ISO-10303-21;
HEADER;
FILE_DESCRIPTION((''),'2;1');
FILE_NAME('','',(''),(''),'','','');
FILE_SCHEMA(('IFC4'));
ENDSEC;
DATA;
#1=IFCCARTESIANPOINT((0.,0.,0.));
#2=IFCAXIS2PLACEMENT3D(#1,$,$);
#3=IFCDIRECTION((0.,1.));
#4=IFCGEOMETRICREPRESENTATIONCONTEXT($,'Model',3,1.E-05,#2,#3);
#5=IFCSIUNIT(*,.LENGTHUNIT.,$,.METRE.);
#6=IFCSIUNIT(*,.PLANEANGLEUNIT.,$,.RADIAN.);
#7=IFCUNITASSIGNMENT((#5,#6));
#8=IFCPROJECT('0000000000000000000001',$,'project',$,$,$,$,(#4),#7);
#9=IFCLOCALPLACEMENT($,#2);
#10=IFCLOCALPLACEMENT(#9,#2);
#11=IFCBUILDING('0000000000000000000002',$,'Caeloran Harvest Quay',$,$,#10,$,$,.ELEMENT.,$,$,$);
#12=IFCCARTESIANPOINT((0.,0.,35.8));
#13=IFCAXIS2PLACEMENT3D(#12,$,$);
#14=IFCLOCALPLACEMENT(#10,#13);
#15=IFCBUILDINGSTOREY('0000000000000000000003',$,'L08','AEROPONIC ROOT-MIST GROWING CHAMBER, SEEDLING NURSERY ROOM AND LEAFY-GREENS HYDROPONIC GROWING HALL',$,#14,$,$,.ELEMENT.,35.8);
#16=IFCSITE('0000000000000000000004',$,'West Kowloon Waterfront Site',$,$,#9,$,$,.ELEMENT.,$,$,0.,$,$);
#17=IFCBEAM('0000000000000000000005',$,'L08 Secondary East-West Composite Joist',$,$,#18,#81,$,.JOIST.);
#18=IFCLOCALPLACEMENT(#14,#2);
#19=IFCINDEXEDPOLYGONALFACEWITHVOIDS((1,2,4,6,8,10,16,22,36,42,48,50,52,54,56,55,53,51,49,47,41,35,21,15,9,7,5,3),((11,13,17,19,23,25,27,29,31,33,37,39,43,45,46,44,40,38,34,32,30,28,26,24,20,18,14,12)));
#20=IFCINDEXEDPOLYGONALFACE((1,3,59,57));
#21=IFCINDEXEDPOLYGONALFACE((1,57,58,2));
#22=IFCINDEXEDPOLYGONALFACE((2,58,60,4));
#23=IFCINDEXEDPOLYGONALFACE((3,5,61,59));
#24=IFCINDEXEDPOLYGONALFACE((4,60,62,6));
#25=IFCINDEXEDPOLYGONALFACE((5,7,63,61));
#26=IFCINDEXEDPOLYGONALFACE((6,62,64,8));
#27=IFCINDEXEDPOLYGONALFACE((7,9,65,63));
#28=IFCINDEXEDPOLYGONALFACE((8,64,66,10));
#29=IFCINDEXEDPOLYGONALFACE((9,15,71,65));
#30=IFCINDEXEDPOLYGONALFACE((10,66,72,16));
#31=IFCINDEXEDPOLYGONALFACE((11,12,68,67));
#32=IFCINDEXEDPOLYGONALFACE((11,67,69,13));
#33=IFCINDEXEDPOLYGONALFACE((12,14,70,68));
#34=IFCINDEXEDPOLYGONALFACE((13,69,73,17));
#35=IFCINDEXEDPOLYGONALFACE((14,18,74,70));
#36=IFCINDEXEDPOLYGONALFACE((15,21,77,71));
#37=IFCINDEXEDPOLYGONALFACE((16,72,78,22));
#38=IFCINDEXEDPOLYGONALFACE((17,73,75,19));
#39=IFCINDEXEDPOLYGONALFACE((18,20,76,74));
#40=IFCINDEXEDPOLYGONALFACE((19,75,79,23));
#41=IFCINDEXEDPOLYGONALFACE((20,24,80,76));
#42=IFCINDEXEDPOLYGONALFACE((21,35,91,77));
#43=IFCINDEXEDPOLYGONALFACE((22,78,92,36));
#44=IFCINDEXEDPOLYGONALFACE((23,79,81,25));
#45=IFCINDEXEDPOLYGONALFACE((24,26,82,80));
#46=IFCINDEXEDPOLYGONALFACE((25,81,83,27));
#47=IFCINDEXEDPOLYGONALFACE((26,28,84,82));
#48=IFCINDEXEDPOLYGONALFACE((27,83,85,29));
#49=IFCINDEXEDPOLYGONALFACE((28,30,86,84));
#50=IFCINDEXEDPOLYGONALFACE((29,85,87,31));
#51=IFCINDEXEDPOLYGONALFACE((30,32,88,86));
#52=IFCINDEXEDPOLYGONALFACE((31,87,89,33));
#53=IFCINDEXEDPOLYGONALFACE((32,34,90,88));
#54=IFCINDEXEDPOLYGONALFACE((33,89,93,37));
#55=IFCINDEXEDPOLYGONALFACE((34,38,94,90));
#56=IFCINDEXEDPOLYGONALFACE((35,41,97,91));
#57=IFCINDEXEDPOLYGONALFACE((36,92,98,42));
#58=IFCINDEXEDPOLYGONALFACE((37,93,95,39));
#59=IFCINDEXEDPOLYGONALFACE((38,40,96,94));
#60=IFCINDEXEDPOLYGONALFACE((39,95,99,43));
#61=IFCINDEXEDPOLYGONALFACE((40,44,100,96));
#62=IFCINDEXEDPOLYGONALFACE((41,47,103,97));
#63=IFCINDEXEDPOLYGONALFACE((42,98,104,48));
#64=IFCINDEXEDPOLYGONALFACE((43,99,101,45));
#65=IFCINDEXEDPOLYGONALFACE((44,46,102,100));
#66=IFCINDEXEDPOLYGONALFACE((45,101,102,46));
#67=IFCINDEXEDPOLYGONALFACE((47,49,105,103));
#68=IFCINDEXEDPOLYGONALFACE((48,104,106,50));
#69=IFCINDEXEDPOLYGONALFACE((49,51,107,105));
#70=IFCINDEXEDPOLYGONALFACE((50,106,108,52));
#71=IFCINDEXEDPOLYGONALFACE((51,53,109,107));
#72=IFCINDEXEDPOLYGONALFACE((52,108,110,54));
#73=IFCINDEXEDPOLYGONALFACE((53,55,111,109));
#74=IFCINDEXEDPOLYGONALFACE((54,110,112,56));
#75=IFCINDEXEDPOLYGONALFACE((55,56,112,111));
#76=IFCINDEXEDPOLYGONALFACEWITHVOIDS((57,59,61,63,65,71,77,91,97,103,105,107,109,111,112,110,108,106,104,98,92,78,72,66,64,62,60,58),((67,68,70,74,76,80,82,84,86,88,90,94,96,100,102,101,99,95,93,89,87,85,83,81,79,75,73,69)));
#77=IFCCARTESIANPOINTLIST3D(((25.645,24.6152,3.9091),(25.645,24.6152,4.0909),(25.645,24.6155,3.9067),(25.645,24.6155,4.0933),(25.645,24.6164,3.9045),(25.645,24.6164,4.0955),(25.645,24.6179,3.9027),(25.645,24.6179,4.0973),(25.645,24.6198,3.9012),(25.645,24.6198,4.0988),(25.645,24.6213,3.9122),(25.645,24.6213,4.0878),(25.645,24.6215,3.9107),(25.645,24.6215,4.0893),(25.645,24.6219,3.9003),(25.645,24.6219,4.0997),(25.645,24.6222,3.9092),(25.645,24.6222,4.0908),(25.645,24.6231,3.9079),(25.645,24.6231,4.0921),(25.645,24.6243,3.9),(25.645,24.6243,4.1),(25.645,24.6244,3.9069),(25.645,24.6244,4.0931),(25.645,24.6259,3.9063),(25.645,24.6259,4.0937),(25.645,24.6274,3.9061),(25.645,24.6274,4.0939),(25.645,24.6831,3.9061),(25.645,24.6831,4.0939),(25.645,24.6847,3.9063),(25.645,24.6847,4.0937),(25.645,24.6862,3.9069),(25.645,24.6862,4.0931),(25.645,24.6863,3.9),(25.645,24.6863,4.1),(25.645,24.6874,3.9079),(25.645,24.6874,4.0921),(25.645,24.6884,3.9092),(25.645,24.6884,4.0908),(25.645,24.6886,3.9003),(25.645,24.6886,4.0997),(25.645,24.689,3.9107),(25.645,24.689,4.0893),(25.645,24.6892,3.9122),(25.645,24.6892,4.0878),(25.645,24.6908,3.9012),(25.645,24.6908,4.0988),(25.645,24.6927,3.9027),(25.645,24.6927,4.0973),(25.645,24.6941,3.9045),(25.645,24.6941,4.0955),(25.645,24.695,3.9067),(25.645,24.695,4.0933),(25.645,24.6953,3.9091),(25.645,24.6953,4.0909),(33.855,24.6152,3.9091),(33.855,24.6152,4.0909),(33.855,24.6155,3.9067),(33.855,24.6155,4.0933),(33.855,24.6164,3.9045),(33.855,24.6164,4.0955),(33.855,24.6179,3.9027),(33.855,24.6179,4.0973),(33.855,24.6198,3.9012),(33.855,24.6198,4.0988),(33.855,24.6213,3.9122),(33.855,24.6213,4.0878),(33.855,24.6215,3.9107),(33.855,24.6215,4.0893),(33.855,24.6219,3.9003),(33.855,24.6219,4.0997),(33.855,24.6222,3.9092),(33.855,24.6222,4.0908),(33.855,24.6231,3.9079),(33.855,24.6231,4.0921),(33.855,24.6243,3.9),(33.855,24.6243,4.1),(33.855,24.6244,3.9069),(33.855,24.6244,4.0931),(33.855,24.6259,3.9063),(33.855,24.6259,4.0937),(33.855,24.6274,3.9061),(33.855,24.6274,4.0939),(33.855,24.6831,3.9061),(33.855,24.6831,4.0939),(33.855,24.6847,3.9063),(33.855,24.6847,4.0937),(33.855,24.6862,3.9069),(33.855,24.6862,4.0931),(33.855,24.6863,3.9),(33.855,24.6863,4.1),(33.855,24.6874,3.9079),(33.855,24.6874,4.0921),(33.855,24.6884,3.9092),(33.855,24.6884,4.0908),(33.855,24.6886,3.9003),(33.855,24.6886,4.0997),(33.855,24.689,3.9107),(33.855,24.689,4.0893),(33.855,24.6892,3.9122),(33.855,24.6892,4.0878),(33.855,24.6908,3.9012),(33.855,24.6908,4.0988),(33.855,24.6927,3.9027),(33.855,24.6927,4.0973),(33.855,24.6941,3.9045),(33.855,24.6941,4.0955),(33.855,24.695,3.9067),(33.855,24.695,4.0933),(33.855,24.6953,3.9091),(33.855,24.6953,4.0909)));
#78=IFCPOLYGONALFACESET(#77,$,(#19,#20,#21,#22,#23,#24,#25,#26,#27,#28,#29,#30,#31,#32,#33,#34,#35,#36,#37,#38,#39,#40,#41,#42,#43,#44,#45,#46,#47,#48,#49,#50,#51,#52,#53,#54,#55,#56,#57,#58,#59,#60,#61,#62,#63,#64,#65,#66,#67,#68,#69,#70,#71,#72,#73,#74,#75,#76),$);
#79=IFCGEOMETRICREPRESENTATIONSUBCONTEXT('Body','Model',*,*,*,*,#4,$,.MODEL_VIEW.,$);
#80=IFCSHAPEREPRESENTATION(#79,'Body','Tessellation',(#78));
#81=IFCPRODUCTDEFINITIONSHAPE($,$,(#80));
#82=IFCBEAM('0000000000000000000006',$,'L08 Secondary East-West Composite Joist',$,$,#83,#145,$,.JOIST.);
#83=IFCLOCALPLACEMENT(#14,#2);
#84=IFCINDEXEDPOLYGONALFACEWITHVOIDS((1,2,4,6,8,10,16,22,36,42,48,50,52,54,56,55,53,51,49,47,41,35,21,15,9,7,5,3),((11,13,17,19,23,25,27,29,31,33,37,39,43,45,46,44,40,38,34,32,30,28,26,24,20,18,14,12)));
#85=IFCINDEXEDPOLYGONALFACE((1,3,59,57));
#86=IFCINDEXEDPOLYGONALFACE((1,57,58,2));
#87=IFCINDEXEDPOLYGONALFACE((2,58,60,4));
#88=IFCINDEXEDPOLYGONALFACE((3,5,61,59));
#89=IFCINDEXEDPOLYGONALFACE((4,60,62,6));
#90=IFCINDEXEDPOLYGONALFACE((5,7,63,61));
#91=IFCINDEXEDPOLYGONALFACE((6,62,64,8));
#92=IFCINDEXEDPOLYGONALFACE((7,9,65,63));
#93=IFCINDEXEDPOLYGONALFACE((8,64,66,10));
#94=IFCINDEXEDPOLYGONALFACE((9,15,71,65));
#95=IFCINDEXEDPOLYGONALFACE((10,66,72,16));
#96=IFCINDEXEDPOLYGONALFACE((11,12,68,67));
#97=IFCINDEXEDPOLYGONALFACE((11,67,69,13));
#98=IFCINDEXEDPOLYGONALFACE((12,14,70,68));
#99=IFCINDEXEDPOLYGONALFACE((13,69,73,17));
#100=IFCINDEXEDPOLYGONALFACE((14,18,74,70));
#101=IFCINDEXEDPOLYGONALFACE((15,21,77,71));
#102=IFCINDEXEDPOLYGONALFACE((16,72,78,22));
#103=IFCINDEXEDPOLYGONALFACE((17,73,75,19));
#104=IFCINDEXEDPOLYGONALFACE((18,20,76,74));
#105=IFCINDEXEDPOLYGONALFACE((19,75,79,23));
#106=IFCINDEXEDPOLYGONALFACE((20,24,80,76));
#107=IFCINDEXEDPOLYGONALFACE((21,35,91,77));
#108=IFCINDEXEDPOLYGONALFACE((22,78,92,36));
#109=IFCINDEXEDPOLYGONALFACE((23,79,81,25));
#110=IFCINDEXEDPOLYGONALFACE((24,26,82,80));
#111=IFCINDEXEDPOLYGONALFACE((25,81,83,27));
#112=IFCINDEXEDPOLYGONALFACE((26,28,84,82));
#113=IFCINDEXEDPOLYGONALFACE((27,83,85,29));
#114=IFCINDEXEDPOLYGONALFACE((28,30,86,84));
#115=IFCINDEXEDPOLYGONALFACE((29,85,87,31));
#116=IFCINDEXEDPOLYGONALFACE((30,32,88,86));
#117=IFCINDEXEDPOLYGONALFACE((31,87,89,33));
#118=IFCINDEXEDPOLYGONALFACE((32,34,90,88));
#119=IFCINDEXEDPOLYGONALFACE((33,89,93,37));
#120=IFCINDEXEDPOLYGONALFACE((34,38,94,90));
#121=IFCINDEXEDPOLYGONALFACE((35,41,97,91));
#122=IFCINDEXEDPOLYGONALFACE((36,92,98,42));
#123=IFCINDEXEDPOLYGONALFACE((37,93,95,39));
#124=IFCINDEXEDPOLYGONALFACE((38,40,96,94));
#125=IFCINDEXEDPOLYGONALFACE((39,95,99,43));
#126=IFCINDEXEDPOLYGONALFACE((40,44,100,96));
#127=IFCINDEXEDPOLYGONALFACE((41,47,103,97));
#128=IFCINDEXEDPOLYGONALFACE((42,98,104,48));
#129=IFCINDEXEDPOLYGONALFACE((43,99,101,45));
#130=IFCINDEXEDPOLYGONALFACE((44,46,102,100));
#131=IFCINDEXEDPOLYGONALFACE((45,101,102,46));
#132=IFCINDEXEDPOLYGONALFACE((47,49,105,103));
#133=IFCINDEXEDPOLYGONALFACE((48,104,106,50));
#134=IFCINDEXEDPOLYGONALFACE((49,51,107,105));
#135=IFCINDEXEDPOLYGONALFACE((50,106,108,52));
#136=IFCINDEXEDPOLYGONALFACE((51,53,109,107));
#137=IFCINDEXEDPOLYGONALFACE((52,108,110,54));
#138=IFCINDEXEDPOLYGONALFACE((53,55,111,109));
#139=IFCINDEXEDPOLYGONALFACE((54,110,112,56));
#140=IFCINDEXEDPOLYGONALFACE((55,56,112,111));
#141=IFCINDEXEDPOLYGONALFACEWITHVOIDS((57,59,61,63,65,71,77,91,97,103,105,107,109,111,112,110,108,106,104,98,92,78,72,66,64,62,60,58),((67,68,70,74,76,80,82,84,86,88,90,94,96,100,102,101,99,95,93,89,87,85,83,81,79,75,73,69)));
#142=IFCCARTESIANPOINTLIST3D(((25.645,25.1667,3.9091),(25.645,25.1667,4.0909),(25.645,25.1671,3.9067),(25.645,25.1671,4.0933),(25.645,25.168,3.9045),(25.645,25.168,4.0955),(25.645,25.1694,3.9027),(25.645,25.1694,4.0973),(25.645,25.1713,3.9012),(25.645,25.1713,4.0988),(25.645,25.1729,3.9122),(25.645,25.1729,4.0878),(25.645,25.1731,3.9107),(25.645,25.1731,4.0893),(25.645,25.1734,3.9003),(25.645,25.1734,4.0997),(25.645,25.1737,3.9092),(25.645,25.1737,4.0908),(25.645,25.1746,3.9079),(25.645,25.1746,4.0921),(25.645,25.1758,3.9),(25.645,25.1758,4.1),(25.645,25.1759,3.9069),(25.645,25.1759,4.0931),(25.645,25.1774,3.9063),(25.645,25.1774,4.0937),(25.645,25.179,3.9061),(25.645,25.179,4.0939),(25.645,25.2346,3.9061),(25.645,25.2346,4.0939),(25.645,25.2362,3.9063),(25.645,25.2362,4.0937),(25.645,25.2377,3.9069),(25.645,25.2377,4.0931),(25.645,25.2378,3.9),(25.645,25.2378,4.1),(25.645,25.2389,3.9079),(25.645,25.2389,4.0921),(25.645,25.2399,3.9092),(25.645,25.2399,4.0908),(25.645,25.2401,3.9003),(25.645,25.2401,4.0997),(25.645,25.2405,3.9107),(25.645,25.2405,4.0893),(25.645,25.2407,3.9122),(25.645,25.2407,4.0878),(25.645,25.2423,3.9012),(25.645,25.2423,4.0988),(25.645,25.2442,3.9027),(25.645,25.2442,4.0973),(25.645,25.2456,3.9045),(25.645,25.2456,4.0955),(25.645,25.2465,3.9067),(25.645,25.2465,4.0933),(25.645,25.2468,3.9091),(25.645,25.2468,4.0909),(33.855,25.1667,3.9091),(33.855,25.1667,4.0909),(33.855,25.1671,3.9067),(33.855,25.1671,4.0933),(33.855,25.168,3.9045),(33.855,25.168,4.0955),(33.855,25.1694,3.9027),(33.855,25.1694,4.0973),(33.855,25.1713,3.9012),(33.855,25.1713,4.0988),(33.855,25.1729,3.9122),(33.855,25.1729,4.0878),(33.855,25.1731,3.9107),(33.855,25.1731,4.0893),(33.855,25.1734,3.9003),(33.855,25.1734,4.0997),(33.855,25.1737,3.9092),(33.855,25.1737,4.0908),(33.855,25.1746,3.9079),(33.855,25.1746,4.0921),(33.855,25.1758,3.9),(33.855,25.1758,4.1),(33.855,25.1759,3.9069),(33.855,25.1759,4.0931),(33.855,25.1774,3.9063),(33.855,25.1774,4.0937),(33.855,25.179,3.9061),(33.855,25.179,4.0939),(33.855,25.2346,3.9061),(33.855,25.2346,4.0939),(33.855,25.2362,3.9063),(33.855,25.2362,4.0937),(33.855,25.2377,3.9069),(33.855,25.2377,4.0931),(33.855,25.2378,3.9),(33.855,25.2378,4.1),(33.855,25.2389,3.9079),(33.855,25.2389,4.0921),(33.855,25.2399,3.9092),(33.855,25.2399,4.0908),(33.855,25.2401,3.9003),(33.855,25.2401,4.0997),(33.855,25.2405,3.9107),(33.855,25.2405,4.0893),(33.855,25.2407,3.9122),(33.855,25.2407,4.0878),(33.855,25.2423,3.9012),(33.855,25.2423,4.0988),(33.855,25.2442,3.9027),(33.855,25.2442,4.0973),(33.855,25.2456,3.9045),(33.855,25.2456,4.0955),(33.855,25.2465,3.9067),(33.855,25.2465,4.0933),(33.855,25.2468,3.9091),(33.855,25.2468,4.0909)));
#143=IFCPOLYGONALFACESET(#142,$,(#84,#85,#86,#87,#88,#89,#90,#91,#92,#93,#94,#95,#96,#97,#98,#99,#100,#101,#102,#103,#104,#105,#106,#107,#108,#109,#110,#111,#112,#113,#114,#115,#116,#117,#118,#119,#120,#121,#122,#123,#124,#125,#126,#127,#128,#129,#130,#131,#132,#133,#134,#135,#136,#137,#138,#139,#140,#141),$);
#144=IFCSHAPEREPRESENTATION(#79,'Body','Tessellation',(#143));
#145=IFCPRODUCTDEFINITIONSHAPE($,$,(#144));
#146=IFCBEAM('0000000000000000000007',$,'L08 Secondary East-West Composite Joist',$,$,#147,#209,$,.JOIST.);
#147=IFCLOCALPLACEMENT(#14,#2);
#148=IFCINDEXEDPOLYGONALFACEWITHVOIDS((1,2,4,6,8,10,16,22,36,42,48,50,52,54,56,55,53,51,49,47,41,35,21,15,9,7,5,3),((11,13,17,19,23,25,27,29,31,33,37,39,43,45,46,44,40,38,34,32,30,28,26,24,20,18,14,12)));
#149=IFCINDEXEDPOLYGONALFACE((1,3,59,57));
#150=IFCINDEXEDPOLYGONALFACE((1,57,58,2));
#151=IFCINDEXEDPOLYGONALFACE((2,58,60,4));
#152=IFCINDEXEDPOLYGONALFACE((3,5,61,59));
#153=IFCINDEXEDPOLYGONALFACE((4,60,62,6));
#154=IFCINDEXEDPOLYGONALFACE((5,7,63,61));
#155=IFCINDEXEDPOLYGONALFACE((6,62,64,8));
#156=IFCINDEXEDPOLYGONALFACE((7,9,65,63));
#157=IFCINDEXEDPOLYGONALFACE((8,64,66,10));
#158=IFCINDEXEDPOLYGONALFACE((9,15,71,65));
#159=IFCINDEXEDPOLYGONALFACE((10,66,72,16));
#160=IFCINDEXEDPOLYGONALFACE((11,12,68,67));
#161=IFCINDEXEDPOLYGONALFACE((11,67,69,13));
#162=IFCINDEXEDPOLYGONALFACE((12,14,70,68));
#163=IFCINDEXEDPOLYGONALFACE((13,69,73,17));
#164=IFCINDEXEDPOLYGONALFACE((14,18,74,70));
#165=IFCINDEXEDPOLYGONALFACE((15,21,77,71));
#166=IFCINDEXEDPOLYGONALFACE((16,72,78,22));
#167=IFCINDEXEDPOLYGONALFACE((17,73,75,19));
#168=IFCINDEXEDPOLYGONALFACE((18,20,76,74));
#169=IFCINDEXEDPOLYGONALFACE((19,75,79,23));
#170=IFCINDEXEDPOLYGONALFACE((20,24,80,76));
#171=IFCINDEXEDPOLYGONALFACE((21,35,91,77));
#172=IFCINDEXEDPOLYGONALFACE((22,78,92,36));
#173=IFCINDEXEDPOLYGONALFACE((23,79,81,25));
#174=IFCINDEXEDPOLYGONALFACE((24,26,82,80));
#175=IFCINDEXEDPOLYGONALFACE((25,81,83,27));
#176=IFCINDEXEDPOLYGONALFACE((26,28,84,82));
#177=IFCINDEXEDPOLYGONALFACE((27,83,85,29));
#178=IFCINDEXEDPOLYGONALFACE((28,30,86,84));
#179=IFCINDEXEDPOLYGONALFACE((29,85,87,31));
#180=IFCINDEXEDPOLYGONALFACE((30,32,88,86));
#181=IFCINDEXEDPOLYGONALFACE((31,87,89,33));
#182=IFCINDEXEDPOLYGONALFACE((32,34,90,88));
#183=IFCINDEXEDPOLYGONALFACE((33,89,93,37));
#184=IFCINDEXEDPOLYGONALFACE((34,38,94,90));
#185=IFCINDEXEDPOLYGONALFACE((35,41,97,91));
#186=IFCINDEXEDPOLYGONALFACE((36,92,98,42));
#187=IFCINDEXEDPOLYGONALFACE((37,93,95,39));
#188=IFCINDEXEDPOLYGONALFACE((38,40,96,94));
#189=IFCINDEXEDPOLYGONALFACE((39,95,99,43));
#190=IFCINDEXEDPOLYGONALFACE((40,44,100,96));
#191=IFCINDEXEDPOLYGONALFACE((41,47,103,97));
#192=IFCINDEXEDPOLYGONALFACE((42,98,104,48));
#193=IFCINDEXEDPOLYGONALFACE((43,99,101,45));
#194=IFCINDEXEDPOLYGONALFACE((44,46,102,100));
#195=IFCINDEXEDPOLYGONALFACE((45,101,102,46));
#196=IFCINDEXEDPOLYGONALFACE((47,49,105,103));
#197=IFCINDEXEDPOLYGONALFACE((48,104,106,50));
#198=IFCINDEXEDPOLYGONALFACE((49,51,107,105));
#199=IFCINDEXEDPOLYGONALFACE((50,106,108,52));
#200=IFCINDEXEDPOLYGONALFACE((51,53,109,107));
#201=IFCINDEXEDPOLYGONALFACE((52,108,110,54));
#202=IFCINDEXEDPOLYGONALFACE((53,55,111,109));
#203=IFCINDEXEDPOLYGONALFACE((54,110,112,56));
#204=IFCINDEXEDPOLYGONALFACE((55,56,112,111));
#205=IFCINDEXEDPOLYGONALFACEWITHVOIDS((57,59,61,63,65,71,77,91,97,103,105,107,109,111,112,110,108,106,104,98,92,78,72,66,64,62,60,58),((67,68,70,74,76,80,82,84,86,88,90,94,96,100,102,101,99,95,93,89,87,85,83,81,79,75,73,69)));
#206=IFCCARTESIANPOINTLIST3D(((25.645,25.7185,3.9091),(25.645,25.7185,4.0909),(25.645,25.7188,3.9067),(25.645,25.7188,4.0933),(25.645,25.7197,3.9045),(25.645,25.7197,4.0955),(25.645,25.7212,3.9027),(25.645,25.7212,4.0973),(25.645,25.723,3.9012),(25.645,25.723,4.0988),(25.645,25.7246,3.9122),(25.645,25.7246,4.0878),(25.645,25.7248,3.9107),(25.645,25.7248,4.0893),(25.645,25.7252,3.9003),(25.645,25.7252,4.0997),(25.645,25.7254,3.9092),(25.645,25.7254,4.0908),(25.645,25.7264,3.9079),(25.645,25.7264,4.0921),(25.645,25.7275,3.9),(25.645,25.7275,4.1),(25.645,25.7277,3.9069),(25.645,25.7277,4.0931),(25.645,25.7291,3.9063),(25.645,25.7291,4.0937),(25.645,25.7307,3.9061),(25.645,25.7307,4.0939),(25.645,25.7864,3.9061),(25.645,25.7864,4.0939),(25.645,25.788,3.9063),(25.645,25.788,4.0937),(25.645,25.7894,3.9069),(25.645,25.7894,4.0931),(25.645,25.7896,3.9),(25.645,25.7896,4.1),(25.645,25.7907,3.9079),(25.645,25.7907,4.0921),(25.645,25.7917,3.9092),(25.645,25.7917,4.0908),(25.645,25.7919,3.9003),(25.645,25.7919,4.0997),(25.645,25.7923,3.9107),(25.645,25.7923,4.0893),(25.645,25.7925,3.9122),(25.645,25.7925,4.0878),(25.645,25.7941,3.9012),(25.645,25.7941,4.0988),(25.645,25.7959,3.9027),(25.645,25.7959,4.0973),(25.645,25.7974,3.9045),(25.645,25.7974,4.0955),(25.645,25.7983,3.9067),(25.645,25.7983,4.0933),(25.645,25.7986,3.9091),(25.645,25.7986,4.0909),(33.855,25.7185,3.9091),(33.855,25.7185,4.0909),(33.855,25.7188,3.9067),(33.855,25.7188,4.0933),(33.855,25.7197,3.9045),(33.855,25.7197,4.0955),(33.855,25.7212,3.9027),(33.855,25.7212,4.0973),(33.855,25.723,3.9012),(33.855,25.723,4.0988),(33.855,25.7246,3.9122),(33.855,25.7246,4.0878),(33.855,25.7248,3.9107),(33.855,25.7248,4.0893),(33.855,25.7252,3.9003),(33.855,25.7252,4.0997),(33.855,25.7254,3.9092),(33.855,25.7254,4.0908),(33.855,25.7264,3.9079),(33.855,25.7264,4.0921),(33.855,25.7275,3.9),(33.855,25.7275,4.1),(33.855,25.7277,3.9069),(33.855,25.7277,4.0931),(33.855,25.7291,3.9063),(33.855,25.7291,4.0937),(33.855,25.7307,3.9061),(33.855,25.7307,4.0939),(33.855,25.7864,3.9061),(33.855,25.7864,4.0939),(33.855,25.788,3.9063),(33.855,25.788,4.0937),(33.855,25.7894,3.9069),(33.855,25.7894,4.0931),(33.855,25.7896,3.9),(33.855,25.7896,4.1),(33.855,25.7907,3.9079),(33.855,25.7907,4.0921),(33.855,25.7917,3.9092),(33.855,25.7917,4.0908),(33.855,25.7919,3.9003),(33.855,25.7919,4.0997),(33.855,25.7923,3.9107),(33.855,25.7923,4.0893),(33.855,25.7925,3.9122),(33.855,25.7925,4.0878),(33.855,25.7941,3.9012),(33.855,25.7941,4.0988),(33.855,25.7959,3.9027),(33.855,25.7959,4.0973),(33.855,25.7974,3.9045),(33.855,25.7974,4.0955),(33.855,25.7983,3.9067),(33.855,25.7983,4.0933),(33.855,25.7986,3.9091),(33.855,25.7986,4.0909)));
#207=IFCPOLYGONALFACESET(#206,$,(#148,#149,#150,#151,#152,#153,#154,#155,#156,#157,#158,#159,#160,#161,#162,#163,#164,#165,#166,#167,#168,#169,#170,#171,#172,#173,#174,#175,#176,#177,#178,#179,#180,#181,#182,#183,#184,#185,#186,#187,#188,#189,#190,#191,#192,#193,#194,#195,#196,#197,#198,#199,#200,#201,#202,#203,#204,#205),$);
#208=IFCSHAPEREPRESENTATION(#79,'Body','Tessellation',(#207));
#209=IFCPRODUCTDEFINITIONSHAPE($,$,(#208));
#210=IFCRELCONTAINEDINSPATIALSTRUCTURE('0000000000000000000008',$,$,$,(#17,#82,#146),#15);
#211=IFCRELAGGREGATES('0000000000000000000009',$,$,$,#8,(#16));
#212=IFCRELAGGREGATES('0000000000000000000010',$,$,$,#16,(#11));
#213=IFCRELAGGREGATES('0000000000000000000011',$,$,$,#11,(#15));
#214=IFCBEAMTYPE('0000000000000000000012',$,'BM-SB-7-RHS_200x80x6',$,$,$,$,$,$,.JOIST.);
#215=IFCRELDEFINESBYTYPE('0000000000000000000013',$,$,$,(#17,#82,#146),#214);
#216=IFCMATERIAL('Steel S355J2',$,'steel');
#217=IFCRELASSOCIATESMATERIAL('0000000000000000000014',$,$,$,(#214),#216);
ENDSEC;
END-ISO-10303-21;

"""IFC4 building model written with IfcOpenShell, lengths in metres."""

from ifc_helpers import new_model, si_unit, direction, frame, origin, origin_2d, place, context, subcontext, project, spatial, hollow_rectangle, extrude, material, material_profile, profile_set, type_object, element, save


model = new_model("IFC4")

# Units and contexts
model_context = context("Model", 3, precision=1e-05, world=origin(), true_north=direction((0.0, 1.0)))
body_context = subcontext(model_context, "Body", "Model", "MODEL_VIEW")
ifc_project = project(units=[si_unit("LENGTHUNIT", "METRE"), si_unit("PLANEANGLEUNIT", "RADIAN")], contexts=[model_context])

# Site, building, storey
site_placement = place(None, origin())
site = spatial("IfcSite", under=ifc_project, at=site_placement, Name="West Kowloon Waterfront Site", CompositionType="ELEMENT", RefElevation=0.0)
building_placement = place(site_placement, origin())
building = spatial("IfcBuilding", under=site, at=building_placement, Name="Caeloran Harvest Quay", CompositionType="ELEMENT")
storey_placement = place(building_placement, frame((0.0, 0.0, 35.8)))
storey = spatial("IfcBuildingStorey", under=building, at=storey_placement, Name="L08", Description="AEROPONIC ROOT-MIST GROWING CHAMBER, SEEDLING NURSERY ROOM AND LEAFY-GREENS HYDROPONIC GROWING HALL", CompositionType="ELEMENT", Elevation=35.8)

# Beams
ifc_material_1 = material(Name="Steel S355J2", Category="steel")
ifc_material_profile_1 = material_profile(ifc_material_1, hollow_rectangle(XDim=0.0801, YDim=0.2, WallThickness=0.0061, InnerFilletRadius=0.0061, OuterFilletRadius=0.009, at=origin_2d()), Name="RHS 200x80x6")
ifc_profile_set_1 = profile_set([ifc_material_profile_1], Name="Steel S355J2")
beam_type_1 = type_object("IfcBeamType", Name="BM-SB-7-RHS_200x80x6", PredefinedType="JOIST", material=ifc_profile_set_1)
for number, where, z_axis, x_axis, name in (
    (1, (25.645, 24.6553, 4.0), (1.0, 0.0, 0.0), (0.0, 1.0, 0.0), "L08 Secondary East-West Composite Joist"),
    (2, (25.645, 25.2068, 4.0), (1.0, 0.0, 0.0), (0.0, 1.0, 0.0), "L08 Secondary East-West Composite Joist"),
    (3, (25.645, 25.7585, 4.0), (1.0, 0.0, 0.0), (0.0, 1.0, 0.0), "L08 Secondary East-West Composite Joist"),
):
    element("IfcBeam", number, at=place(storey_placement, frame(where, z_axis=z_axis, x_axis=x_axis)), inside=storey, type_object=beam_type_1, Name=name, PredefinedType="JOIST", context=body_context, shape_type="SweptSolid", body=[
        extrude(hollow_rectangle(XDim=0.0801, YDim=0.2, WallThickness=0.0061, InnerFilletRadius=0.0061, OuterFilletRadius=0.009, at=origin_2d()), origin(), (0.0, 0.0, 1.0), 8.21),
    ])

save(model, "model.ifc")
